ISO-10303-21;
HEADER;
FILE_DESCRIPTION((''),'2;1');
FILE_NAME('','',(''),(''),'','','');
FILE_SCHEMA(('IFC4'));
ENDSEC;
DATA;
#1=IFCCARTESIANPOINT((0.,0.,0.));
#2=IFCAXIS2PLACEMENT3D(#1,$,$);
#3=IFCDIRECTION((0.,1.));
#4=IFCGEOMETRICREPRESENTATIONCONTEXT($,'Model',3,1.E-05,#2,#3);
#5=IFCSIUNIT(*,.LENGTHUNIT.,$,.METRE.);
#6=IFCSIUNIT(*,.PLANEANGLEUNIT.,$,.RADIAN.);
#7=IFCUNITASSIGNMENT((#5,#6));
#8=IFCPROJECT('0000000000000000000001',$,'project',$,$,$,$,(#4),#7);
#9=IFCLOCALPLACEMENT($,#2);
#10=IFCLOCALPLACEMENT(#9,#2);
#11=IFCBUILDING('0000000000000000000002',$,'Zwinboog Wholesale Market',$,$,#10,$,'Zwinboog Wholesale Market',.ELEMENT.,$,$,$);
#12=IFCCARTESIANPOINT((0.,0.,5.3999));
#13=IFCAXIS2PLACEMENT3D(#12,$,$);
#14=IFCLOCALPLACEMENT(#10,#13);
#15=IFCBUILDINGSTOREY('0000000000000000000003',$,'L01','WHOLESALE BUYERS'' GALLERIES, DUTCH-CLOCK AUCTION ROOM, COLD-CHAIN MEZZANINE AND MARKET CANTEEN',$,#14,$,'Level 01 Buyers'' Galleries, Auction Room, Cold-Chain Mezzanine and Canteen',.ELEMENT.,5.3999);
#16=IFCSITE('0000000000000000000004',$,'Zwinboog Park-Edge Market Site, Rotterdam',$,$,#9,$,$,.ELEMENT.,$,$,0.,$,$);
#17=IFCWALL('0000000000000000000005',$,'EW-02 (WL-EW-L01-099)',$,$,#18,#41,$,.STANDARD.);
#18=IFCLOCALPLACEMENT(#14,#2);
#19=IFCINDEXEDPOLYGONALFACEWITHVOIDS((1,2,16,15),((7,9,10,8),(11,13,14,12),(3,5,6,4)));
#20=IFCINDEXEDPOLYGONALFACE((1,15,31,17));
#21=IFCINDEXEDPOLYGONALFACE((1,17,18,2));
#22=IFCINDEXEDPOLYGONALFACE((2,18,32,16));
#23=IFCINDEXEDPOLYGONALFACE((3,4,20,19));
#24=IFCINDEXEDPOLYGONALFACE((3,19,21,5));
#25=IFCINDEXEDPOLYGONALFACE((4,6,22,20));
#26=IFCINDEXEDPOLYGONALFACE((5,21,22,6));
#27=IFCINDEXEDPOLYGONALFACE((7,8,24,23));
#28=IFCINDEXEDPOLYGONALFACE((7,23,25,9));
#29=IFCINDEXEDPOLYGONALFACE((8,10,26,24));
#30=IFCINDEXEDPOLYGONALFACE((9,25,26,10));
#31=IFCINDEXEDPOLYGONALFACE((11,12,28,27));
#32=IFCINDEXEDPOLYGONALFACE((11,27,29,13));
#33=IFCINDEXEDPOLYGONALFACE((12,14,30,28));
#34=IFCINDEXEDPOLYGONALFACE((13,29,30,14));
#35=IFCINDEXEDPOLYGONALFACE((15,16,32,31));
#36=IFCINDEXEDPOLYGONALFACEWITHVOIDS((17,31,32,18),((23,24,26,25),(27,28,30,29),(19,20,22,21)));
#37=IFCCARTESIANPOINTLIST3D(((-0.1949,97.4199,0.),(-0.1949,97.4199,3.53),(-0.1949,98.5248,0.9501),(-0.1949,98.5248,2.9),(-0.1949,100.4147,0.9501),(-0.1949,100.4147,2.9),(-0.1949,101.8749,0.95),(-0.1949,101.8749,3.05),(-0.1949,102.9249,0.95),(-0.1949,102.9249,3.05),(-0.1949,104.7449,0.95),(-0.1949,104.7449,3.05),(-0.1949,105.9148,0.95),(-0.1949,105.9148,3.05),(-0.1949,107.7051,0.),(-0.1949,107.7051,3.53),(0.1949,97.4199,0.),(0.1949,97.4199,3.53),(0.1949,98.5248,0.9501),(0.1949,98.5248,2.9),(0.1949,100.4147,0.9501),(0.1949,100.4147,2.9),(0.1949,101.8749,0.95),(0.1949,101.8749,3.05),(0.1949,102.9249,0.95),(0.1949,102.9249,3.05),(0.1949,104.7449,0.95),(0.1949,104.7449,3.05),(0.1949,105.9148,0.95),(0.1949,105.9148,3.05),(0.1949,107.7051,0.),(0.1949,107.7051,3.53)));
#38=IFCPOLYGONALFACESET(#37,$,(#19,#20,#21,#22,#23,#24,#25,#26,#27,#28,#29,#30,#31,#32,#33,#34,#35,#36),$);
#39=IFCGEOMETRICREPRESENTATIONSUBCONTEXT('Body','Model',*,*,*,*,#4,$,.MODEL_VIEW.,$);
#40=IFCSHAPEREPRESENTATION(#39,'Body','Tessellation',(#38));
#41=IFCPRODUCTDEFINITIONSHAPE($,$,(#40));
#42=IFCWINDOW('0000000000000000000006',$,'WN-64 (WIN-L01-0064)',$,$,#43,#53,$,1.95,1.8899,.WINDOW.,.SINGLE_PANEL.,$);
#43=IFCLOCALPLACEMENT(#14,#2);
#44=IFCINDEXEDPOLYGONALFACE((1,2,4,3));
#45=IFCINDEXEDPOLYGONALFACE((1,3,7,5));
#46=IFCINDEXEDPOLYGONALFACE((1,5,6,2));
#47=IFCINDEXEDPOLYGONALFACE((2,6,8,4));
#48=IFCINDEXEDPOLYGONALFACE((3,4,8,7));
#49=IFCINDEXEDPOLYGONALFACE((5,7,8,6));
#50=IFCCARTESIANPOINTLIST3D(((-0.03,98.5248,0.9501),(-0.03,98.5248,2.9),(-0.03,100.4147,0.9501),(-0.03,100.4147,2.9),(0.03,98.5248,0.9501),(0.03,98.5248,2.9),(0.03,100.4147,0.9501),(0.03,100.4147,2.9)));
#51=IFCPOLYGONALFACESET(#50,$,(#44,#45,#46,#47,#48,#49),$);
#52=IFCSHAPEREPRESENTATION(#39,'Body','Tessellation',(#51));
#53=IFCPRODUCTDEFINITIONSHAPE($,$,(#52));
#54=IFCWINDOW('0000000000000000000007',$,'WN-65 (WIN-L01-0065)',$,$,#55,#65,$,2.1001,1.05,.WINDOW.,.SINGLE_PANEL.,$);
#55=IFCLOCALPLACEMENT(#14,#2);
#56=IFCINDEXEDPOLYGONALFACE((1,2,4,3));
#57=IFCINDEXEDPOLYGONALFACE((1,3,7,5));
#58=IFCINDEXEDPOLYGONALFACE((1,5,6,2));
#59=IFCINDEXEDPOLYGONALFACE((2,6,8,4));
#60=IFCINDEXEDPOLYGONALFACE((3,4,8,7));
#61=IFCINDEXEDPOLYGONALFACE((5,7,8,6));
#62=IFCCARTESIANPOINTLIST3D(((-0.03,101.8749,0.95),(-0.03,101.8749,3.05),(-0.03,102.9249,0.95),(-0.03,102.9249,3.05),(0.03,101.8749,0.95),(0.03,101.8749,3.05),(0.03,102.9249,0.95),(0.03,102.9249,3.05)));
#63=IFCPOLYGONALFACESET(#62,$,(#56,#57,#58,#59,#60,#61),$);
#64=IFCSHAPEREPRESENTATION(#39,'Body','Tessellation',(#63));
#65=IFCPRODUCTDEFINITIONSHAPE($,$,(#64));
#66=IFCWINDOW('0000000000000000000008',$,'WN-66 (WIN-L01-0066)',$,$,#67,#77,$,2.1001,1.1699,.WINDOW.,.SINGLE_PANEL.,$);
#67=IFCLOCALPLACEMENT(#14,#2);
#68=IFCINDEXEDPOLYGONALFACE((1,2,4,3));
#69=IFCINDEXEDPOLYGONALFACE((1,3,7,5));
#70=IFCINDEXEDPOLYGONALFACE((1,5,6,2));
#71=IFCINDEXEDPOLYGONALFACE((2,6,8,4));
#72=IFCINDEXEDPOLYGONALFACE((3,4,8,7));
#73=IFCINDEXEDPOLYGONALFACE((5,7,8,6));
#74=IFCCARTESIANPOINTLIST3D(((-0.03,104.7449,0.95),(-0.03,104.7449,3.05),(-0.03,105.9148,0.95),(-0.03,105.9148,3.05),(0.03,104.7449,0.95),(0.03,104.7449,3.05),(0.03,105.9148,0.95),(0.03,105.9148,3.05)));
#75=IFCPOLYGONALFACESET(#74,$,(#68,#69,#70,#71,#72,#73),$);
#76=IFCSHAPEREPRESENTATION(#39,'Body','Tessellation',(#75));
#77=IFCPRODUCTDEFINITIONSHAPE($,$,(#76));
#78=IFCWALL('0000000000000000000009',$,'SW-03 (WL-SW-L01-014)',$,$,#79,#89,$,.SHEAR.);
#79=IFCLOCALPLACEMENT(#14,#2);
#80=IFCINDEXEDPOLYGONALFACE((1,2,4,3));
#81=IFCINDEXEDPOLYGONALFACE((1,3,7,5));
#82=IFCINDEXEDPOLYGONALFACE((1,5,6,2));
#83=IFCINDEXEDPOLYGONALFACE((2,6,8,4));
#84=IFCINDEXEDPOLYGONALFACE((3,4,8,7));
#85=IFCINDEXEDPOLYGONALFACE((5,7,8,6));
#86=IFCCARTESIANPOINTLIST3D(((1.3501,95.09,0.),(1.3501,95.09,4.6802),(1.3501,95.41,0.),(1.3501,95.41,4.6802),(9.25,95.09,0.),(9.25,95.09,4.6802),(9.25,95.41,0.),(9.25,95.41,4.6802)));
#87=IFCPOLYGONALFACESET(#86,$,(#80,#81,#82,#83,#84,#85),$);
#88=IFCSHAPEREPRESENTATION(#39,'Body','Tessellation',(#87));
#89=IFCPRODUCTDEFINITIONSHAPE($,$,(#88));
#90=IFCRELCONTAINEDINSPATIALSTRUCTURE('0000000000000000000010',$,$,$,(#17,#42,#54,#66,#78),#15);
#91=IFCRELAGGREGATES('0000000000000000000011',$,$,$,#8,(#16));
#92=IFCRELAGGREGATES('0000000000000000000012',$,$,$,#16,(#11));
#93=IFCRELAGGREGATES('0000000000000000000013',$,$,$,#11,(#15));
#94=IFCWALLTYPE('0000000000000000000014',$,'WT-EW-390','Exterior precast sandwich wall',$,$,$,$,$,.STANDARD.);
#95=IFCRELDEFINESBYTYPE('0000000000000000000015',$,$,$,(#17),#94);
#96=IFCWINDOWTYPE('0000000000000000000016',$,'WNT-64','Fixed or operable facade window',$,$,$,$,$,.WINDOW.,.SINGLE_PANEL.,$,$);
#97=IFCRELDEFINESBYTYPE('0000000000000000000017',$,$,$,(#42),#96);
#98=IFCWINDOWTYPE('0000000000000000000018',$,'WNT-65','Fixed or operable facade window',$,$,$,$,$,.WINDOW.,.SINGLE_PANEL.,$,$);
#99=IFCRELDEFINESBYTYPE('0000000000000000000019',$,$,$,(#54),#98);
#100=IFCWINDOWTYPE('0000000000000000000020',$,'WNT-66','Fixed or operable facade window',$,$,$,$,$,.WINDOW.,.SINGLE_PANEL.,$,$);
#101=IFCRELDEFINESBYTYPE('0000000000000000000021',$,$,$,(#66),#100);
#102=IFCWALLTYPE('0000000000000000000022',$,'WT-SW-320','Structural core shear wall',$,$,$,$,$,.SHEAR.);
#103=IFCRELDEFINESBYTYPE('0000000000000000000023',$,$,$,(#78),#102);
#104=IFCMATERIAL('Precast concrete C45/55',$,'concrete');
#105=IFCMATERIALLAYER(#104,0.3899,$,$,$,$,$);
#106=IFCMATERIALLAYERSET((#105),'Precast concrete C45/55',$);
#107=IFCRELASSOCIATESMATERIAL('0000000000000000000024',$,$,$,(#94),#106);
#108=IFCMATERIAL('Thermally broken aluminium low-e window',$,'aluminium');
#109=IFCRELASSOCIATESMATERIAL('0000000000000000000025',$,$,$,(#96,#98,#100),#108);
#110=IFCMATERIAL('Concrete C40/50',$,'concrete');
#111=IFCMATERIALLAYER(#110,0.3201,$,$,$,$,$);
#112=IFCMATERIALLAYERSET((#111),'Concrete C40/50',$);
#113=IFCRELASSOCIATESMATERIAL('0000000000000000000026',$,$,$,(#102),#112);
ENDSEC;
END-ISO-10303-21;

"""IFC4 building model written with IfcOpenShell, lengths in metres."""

from ifc_helpers import new_model, si_unit, direction, frame, frame_2d, origin, place, context, subcontext, project, spatial, rectangle, extrude, material, layer, layer_set, type_object, element, fill, save


model = new_model("IFC4")

# Units and contexts
model_context = context("Model", 3, precision=1e-05, world=origin(), true_north=direction((0.0, 1.0)))
body_context = subcontext(model_context, "Body", "Model", "MODEL_VIEW")
ifc_project = project(units=[si_unit("LENGTHUNIT", "METRE"), si_unit("PLANEANGLEUNIT", "RADIAN")], contexts=[model_context])

# Site, building, storey
site_placement = place(None, origin())
site = spatial("IfcSite", under=ifc_project, at=site_placement, Name="Zwinboog Park-Edge Market Site, Rotterdam", CompositionType="ELEMENT", RefElevation=0.0)
building_placement = place(site_placement, origin())
building = spatial("IfcBuilding", under=site, at=building_placement, Name="Zwinboog Wholesale Market", LongName="Zwinboog Wholesale Market", CompositionType="ELEMENT")
storey_placement = place(building_placement, frame((0.0, 0.0, 5.3999)))
storey = spatial("IfcBuildingStorey", under=building, at=storey_placement, Name="L01", Description="WHOLESALE BUYERS' GALLERIES, DUTCH-CLOCK AUCTION ROOM, COLD-CHAIN MEZZANINE AND MARKET CANTEEN", LongName="Level 01 Buyers' Galleries, Auction Room, Cold-Chain Mezzanine and Canteen", CompositionType="ELEMENT", Elevation=5.3999)

# Shared definitions
ifc_material_1 = material(Name="Precast concrete C45/55", Category="concrete")

# Wall, openings, windows
ifc_layer_1 = layer(ifc_material_1, 0.3899)
ifc_layer_set_1 = layer_set([ifc_layer_1], Name="Precast concrete C45/55")
wall_type_1 = type_object("IfcWallType", Name="WT-EW-390", Description="Exterior precast sandwich wall", PredefinedType="STANDARD", material=ifc_layer_set_1)
wall_1_placement = place(storey_placement, frame((0.0, 97.4199, 0.0), z_axis=(0.0, 0.0, 1.0), x_axis=(0.0, 1.0, 0.0)))
wall_1 = element("IfcWall", 1, at=wall_1_placement, inside=storey, type_object=wall_type_1, Name="EW-02 (WL-EW-L01-099)", PredefinedType="STANDARD", context=body_context, shape_type="SweptSolid", body=[
    extrude(rectangle(XDim=10.2852, YDim=0.3899, at=frame_2d((5.1426, 0.0))), origin(), (0.0, 0.0, 1.0), 3.53),
])
opening_1_placement = place(wall_1_placement, frame((1.105, 0.0, 0.95)))
opening_1 = element("IfcOpeningElement", 2, at=opening_1_placement, cuts=wall_1, PredefinedType="OPENING", context=body_context, shape_type="SweptSolid", body=[
    extrude(rectangle(XDim=1.8899, YDim=1.95, at=frame_2d((0.9448, 0.9751))), frame((0.0, 0.2048, 0.0), z_axis=(0.0, -1.0, 0.0), x_axis=(1.0, 0.0, 0.0)), (0.0, 0.0, 1.0), 0.4099),
])
opening_2_placement = place(wall_1_placement, frame((4.4551, 0.0, 0.95)))
opening_2 = element("IfcOpeningElement", 3, at=opening_2_placement, cuts=wall_1, PredefinedType="OPENING", context=body_context, shape_type="SweptSolid", body=[
    extrude(rectangle(XDim=1.05, YDim=2.1001, at=frame_2d((0.5249, 1.05))), frame((0.0, 0.2048, 0.0), z_axis=(0.0, -1.0, 0.0), x_axis=(1.0, 0.0, 0.0)), (0.0, 0.0, 1.0), 0.4099),
])
opening_3_placement = place(wall_1_placement, frame((7.325, 0.0, 0.95)))
opening_3 = element("IfcOpeningElement", 4, at=opening_3_placement, cuts=wall_1, PredefinedType="OPENING", context=body_context, shape_type="SweptSolid", body=[
    extrude(rectangle(XDim=1.1699, YDim=2.1001, at=frame_2d((0.585, 1.05))), frame((0.0, 0.2048, 0.0), z_axis=(0.0, -1.0, 0.0), x_axis=(1.0, 0.0, 0.0)), (0.0, 0.0, 1.0), 0.4099),
])
ifc_material_2 = material(Name="Thermally broken aluminium low-e window", Category="aluminium")
window_type_1 = type_object("IfcWindowType", Name="WNT-64", Description="Fixed or operable facade window", PartitioningType="SINGLE_PANEL", PredefinedType="WINDOW", material=ifc_material_2)
window_1_placement = place(opening_1_placement, origin())
window_1 = element("IfcWindow", 5, at=window_1_placement, inside=storey, type_object=window_type_1, Name="WN-64 (WIN-L01-0064)", OverallHeight=1.95, OverallWidth=1.8899, PartitioningType="SINGLE_PANEL", PredefinedType="WINDOW", context=body_context, shape_type="SweptSolid", body=[
    extrude(rectangle(XDim=1.8899, YDim=1.95, at=frame_2d((0.9448, 0.9751))), frame((0.0, 0.03, 0.0), z_axis=(0.0, -1.0, 0.0), x_axis=(1.0, 0.0, 0.0)), (0.0, 0.0, 1.0), 0.0601),
])
fill(opening_1, window_1)
window_type_2 = type_object("IfcWindowType", Name="WNT-65", Description="Fixed or operable facade window", PartitioningType="SINGLE_PANEL", PredefinedType="WINDOW", material=ifc_material_2)
window_2_placement = place(opening_2_placement, origin())
window_2 = element("IfcWindow", 6, at=window_2_placement, inside=storey, type_object=window_type_2, Name="WN-65 (WIN-L01-0065)", OverallHeight=2.1001, OverallWidth=1.05, PartitioningType="SINGLE_PANEL", PredefinedType="WINDOW", context=body_context, shape_type="SweptSolid", body=[
    extrude(rectangle(XDim=1.05, YDim=2.1001, at=frame_2d((0.5249, 1.05))), frame((0.0, 0.03, 0.0), z_axis=(0.0, -1.0, 0.0), x_axis=(1.0, 0.0, 0.0)), (0.0, 0.0, 1.0), 0.0601),
])
fill(opening_2, window_2)
window_type_3 = type_object("IfcWindowType", Name="WNT-66", Description="Fixed or operable facade window", PartitioningType="SINGLE_PANEL", PredefinedType="WINDOW", material=ifc_material_2)
window_3_placement = place(opening_3_placement, origin())
window_3 = element("IfcWindow", 7, at=window_3_placement, inside=storey, type_object=window_type_3, Name="WN-66 (WIN-L01-0066)", OverallHeight=2.1001, OverallWidth=1.1699, PartitioningType="SINGLE_PANEL", PredefinedType="WINDOW", context=body_context, shape_type="SweptSolid", body=[
    extrude(rectangle(XDim=1.1699, YDim=2.1001, at=frame_2d((0.585, 1.05))), frame((0.0, 0.03, 0.0), z_axis=(0.0, -1.0, 0.0), x_axis=(1.0, 0.0, 0.0)), (0.0, 0.0, 1.0), 0.0601),
])
fill(opening_3, window_3)

# Wall
ifc_material_3 = material(Name="Concrete C40/50", Category="concrete")
ifc_layer_2 = layer(ifc_material_3, 0.3201)
ifc_layer_set_2 = layer_set([ifc_layer_2], Name="Concrete C40/50")
wall_type_2 = type_object("IfcWallType", Name="WT-SW-320", Description="Structural core shear wall", PredefinedType="SHEAR", material=ifc_layer_set_2)
wall_2_placement = place(storey_placement, frame((1.3501, 95.25, 0.0), z_axis=(0.0, 0.0, 1.0), x_axis=(1.0, 0.0, 0.0)))
element("IfcWall", 8, at=wall_2_placement, inside=storey, type_object=wall_type_2, Name="SW-03 (WL-SW-L01-014)", PredefinedType="SHEAR", context=body_context, shape_type="SweptSolid", body=[
    extrude(rectangle(XDim=7.8999, YDim=0.3201, at=frame_2d((3.95, 0.0))), origin(), (0.0, 0.0, 1.0), 4.6802),
])

save(model, "model.ifc")
